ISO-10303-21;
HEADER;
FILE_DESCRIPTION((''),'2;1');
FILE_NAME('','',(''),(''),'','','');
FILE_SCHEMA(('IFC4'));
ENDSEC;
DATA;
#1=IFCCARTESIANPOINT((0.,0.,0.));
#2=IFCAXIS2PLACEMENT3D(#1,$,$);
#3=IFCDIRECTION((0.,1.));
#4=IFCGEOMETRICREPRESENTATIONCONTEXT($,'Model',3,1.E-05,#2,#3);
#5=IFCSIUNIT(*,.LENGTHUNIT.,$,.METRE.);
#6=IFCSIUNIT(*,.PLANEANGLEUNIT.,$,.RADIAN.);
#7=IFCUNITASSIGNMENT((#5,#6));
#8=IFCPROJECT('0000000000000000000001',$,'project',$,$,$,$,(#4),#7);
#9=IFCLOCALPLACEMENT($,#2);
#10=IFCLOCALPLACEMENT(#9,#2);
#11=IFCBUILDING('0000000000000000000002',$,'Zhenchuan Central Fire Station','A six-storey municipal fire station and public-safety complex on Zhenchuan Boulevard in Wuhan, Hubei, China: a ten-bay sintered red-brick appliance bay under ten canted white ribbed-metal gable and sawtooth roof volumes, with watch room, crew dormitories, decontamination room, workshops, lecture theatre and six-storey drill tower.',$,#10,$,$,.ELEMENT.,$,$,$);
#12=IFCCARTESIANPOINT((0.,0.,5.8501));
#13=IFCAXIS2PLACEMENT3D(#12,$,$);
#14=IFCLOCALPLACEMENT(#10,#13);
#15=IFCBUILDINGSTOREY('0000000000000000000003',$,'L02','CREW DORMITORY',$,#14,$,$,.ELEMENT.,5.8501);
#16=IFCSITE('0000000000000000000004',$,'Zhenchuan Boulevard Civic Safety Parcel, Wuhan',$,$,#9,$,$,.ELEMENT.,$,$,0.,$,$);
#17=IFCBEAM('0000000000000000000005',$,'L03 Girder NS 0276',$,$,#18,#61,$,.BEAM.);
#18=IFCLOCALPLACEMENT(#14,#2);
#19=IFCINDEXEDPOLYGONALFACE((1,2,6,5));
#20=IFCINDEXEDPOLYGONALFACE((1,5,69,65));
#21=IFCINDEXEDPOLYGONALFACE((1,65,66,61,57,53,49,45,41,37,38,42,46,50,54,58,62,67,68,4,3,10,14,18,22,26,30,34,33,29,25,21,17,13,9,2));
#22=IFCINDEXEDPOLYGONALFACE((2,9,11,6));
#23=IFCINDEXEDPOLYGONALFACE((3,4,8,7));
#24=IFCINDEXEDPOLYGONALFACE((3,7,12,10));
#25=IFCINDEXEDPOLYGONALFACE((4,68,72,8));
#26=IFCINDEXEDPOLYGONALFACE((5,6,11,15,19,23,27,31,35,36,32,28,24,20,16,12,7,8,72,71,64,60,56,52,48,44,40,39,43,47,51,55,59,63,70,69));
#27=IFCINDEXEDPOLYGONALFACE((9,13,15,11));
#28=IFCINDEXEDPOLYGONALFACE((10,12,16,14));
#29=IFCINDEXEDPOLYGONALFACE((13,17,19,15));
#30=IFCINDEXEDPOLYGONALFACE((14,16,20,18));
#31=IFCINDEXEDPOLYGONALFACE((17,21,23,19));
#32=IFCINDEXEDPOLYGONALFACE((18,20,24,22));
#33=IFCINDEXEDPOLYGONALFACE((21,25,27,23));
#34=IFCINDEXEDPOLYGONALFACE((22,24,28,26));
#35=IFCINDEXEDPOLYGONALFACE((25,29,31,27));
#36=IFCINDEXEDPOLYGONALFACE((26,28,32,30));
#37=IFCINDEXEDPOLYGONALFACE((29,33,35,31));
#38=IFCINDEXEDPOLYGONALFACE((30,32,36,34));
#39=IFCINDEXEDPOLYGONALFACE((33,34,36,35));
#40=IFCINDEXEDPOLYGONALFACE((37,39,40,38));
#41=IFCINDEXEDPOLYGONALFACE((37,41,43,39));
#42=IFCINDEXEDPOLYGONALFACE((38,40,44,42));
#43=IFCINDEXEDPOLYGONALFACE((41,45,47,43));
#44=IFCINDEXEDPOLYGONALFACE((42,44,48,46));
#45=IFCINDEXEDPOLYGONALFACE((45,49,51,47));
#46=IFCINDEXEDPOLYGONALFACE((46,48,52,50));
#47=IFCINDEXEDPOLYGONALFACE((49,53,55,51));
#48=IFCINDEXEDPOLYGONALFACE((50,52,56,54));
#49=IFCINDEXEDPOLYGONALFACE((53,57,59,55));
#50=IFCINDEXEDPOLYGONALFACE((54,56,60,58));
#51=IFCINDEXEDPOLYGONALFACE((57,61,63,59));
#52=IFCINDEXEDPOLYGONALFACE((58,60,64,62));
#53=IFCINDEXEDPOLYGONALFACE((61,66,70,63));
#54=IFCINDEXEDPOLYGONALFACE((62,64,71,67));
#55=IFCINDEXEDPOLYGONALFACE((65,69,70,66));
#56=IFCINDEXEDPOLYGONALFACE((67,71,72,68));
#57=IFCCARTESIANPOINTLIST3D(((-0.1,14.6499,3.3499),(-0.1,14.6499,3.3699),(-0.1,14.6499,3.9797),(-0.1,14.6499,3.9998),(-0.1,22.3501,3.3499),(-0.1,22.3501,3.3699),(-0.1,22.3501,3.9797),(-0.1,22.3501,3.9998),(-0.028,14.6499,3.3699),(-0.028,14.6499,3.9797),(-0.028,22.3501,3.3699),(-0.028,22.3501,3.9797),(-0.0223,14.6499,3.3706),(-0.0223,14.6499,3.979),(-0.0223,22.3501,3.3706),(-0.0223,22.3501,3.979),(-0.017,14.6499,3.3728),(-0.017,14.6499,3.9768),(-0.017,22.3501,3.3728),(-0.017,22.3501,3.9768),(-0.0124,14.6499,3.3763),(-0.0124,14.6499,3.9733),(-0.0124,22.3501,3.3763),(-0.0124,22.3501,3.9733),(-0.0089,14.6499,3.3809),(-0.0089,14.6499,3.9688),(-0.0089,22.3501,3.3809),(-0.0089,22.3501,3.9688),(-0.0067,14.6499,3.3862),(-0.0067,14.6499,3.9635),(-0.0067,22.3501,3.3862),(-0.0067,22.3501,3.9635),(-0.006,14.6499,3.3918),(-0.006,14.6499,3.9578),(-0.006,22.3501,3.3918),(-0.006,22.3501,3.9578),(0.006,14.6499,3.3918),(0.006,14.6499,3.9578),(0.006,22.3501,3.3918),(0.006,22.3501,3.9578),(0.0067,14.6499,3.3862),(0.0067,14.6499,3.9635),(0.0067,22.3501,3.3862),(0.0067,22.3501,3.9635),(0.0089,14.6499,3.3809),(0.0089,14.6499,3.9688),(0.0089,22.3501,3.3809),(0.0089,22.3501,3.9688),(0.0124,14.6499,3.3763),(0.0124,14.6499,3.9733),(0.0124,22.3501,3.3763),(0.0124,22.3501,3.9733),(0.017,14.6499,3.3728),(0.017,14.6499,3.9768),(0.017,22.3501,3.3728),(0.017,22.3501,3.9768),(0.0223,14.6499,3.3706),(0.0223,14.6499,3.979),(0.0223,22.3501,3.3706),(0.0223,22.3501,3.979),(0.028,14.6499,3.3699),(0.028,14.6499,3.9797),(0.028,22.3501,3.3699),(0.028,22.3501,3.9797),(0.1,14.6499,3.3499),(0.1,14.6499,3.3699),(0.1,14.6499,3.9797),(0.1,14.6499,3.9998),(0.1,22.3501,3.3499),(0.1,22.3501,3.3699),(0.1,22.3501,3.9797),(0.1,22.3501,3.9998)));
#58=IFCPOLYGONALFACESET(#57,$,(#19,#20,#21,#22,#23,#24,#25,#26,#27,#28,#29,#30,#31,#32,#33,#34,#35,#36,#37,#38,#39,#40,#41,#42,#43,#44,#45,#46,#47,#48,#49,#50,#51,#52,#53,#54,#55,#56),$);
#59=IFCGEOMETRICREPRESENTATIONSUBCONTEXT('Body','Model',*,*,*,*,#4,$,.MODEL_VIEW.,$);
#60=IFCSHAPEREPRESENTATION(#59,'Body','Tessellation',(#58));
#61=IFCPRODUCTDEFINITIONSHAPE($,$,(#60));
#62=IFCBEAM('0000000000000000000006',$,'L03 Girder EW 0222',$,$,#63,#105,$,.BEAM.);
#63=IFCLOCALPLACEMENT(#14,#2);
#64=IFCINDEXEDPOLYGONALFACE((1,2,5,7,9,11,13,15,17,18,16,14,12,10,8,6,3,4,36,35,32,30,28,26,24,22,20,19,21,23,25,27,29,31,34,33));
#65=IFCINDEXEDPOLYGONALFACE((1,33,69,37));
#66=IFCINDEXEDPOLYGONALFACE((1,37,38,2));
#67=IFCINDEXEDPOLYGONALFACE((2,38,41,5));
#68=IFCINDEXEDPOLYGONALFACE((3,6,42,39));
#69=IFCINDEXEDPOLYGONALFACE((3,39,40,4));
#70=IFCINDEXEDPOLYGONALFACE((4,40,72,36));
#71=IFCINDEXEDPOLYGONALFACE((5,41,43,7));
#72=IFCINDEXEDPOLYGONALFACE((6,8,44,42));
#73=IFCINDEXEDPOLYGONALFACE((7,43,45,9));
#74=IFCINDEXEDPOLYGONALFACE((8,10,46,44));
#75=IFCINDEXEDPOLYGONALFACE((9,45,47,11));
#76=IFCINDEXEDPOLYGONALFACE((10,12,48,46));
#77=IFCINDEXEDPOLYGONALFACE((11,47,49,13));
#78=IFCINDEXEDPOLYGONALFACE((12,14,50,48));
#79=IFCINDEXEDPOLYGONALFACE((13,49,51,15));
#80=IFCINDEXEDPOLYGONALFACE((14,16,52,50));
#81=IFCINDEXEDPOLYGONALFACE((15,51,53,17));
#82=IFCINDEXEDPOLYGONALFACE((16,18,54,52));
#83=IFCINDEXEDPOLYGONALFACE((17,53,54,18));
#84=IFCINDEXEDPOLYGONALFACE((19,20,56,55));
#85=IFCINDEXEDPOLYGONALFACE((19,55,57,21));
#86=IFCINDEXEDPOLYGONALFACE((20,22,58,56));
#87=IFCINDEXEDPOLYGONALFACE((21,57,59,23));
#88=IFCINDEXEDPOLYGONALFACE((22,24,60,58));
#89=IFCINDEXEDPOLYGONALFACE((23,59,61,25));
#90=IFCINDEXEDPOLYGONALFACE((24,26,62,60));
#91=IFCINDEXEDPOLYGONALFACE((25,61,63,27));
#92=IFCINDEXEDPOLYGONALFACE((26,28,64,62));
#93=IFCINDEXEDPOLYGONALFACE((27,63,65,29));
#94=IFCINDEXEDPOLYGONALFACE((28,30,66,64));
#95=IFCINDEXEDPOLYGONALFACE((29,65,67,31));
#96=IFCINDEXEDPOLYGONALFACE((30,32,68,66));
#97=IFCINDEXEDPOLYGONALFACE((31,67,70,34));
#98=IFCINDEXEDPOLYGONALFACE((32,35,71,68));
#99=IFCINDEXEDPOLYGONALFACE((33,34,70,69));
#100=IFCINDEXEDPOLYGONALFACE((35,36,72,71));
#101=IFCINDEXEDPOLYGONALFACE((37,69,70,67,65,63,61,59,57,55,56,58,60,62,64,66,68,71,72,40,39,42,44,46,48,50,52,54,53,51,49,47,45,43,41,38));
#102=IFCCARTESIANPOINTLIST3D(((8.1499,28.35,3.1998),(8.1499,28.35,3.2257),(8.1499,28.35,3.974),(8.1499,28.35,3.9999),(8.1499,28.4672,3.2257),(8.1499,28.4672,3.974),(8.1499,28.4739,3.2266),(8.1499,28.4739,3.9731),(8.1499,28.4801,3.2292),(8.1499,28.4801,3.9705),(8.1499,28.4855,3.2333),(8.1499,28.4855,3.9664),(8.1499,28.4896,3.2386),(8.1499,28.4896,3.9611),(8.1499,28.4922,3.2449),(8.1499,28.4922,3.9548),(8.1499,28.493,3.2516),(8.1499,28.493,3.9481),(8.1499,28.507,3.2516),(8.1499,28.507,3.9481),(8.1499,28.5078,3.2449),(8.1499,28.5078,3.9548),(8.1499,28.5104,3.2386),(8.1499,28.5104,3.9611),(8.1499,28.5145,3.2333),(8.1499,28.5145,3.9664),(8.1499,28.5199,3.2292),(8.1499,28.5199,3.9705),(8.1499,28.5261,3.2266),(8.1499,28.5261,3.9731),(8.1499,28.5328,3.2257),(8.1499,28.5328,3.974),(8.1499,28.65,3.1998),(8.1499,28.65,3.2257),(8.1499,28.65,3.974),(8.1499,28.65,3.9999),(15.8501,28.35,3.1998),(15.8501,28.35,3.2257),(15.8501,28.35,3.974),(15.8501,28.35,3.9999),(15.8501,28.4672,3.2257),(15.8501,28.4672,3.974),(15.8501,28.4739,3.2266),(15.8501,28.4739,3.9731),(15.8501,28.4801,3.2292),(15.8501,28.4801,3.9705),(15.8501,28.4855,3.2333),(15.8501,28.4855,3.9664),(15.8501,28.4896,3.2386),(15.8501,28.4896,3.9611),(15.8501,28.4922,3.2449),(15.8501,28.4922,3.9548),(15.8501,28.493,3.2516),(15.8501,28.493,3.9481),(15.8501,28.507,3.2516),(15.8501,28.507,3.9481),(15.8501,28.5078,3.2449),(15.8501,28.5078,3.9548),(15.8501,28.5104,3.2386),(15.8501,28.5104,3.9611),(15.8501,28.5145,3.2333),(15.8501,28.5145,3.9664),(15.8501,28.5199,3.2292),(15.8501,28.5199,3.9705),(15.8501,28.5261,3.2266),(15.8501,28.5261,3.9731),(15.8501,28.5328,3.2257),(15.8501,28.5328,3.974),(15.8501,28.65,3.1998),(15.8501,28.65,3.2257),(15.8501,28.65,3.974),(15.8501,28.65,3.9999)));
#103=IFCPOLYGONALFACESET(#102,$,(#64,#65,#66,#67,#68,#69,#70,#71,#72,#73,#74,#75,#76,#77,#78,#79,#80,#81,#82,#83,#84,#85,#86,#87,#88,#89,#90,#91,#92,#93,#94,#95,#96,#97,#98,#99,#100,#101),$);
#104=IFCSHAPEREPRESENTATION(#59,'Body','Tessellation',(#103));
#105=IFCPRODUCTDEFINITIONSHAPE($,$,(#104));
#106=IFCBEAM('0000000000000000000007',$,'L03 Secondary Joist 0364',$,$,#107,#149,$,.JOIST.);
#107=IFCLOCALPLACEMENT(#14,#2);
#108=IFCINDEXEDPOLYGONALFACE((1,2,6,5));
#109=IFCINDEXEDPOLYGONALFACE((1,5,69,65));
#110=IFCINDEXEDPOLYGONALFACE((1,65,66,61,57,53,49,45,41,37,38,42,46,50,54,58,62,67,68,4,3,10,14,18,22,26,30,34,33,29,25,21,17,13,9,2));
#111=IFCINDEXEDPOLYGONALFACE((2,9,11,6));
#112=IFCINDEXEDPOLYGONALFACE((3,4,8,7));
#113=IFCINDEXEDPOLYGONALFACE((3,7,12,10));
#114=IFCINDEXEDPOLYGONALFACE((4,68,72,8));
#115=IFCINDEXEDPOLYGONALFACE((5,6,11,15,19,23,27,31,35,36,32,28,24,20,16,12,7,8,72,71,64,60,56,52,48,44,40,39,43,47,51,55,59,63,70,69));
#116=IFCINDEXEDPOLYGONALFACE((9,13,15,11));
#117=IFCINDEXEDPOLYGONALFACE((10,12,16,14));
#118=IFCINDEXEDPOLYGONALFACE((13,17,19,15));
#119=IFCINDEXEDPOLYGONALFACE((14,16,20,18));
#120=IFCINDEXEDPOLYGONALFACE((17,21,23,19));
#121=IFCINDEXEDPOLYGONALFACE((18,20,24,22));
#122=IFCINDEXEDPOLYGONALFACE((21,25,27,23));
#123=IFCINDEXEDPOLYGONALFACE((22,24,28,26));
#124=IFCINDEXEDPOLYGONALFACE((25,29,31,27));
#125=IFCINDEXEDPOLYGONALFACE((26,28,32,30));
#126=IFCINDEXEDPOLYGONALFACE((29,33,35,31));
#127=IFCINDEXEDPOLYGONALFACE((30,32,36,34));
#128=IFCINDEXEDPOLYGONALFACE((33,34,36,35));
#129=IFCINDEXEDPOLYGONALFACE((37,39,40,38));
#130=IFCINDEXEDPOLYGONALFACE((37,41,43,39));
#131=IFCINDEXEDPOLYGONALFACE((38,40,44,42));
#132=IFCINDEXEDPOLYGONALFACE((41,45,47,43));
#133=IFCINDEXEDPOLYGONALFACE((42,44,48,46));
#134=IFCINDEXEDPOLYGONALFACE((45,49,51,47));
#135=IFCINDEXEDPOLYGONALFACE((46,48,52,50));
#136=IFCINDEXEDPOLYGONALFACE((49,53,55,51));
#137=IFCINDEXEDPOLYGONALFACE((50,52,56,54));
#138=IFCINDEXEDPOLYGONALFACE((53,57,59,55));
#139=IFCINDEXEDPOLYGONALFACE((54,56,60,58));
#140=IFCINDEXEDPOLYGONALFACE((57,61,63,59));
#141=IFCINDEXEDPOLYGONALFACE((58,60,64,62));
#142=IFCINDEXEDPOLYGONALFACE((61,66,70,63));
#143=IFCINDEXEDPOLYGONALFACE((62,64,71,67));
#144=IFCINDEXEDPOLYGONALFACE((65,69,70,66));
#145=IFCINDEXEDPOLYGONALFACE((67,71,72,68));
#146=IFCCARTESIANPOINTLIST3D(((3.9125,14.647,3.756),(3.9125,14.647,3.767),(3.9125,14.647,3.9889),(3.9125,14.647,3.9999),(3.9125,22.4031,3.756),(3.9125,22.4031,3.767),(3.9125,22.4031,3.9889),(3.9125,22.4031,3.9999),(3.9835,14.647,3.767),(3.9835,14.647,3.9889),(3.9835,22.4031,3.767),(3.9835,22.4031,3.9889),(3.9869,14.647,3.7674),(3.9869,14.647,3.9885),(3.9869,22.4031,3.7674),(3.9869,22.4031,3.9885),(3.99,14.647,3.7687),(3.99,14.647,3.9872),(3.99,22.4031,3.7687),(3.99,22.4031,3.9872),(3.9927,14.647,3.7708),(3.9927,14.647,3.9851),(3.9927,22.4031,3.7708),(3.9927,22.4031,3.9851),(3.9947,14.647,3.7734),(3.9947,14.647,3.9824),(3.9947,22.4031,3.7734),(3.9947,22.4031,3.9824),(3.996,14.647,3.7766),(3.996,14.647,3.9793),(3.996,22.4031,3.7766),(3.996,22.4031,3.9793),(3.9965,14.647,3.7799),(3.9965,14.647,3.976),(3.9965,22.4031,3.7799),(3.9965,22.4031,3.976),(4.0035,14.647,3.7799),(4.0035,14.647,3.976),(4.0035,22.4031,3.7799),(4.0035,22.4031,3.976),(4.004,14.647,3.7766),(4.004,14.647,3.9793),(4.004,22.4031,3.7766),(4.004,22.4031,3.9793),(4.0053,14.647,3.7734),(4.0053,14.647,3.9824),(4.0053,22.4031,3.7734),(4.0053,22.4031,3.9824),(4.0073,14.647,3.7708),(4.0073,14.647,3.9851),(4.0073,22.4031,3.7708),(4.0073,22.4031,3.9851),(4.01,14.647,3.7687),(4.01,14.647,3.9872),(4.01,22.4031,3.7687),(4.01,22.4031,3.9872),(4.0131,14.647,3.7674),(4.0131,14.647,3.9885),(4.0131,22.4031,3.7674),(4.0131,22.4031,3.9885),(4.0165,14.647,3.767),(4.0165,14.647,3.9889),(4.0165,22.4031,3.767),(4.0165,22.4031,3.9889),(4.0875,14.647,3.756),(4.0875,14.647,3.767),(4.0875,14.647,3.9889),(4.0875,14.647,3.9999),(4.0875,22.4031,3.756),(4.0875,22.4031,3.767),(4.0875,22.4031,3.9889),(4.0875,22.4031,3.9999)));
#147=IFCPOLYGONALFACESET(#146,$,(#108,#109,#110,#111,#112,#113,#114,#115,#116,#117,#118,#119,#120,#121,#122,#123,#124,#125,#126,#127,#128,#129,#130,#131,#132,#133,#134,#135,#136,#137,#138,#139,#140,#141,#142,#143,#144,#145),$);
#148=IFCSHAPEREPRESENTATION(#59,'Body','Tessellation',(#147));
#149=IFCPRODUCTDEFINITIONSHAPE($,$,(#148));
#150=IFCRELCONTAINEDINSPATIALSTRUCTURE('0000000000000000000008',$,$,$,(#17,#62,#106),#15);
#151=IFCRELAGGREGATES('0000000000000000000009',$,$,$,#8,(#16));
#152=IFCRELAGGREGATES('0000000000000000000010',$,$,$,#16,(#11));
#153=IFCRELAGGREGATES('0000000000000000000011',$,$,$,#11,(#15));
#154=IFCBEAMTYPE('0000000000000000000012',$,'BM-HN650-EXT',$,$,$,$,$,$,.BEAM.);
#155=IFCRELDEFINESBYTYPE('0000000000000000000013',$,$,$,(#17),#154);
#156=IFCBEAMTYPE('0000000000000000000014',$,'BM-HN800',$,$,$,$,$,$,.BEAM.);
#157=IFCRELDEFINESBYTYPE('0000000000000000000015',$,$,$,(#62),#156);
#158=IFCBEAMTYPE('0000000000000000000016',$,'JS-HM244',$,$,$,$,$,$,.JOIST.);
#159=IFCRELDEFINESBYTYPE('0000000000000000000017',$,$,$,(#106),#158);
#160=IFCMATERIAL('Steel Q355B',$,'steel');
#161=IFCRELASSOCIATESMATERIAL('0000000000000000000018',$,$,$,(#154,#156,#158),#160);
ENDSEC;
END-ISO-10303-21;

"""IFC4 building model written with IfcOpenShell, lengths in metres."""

from ifc_helpers import new_model, si_unit, direction, frame, origin, origin_2d, place, context, subcontext, project, spatial, i_section, extrude, material, material_profile, profile_set, type_object, element, save


model = new_model("IFC4")

# Units and contexts
model_context = context("Model", 3, precision=1e-05, world=origin(), true_north=direction((0.0, 1.0)))
body_context = subcontext(model_context, "Body", "Model", "MODEL_VIEW")
ifc_project = project(units=[si_unit("LENGTHUNIT", "METRE"), si_unit("PLANEANGLEUNIT", "RADIAN")], contexts=[model_context])

# Site, building, storey
site_placement = place(None, origin())
site = spatial("IfcSite", under=ifc_project, at=site_placement, Name="Zhenchuan Boulevard Civic Safety Parcel, Wuhan", CompositionType="ELEMENT", RefElevation=0.0)
building_placement = place(site_placement, origin())
building = spatial("IfcBuilding", under=site, at=building_placement, Name="Zhenchuan Central Fire Station", Description="A six-storey municipal fire station and public-safety complex on Zhenchuan Boulevard in Wuhan, Hubei, China: a ten-bay sintered red-brick appliance bay under ten canted white ribbed-metal gable and sawtooth roof volumes, with watch room, crew dormitories, decontamination room, workshops, lecture theatre and six-storey drill tower.", CompositionType="ELEMENT")
storey_placement = place(building_placement, frame((0.0, 0.0, 5.8501)))
storey = spatial("IfcBuildingStorey", under=building, at=storey_placement, Name="L02", Description="CREW DORMITORY", CompositionType="ELEMENT", Elevation=5.8501)

# Shared definitions
ifc_material_1 = material(Name="Steel Q355B", Category="steel")

# Beams
ifc_material_profile_1 = material_profile(ifc_material_1, i_section(OverallWidth=0.2, OverallDepth=0.6499, WebThickness=0.012, FlangeThickness=0.02, FilletRadius=0.022, at=origin_2d()), Name="HN 650x200")
ifc_profile_set_1 = profile_set([ifc_material_profile_1], Name="Steel Q355B")
beam_type_1 = type_object("IfcBeamType", Name="BM-HN650-EXT", PredefinedType="BEAM", material=ifc_profile_set_1)
beam_1_placement = place(storey_placement, frame((0.0, 14.6499, 3.6748), z_axis=(0.0, 1.0, 0.0), x_axis=(-1.0, 0.0, 0.0)))
element("IfcBeam", 1, at=beam_1_placement, inside=storey, type_object=beam_type_1, Name="L03 Girder NS 0276", PredefinedType="BEAM", context=body_context, shape_type="SweptSolid", body=[
    extrude(i_section(OverallWidth=0.2, OverallDepth=0.6499, WebThickness=0.012, FlangeThickness=0.02, FilletRadius=0.022, at=origin_2d()), origin(), (0.0, 0.0, 1.0), 7.7002),
])
ifc_material_profile_2 = material_profile(ifc_material_1, i_section(OverallWidth=0.3, OverallDepth=0.8, WebThickness=0.0139, FlangeThickness=0.0259, FilletRadius=0.0259, at=origin_2d()), Name="HN 800x300")
ifc_profile_set_2 = profile_set([ifc_material_profile_2], Name="Steel Q355B")
beam_type_2 = type_object("IfcBeamType", Name="BM-HN800", PredefinedType="BEAM", material=ifc_profile_set_2)
beam_2_placement = place(storey_placement, frame((8.1499, 28.5, 3.5999), z_axis=(1.0, 0.0, 0.0), x_axis=(0.0, 1.0, 0.0)))
element("IfcBeam", 2, at=beam_2_placement, inside=storey, type_object=beam_type_2, Name="L03 Girder EW 0222", PredefinedType="BEAM", context=body_context, shape_type="SweptSolid", body=[
    extrude(i_section(OverallWidth=0.3, OverallDepth=0.8, WebThickness=0.0139, FlangeThickness=0.0259, FilletRadius=0.0259, at=origin_2d()), origin(), (0.0, 0.0, 1.0), 7.7002),
])
ifc_material_profile_3 = material_profile(ifc_material_1, i_section(OverallWidth=0.175, OverallDepth=0.2439, WebThickness=0.0071, FlangeThickness=0.011, FilletRadius=0.0129, at=origin_2d()), Name="HM 244x175")
ifc_profile_set_3 = profile_set([ifc_material_profile_3], Name="Steel Q355B")
beam_type_3 = type_object("IfcBeamType", Name="JS-HM244", PredefinedType="JOIST", material=ifc_profile_set_3)
beam_3_placement = place(storey_placement, frame((4.0, 14.647, 3.8779), z_axis=(0.0, 1.0, 0.0), x_axis=(-1.0, 0.0, 0.0)))
element("IfcBeam", 3, at=beam_3_placement, inside=storey, type_object=beam_type_3, Name="L03 Secondary Joist 0364", PredefinedType="JOIST", context=body_context, shape_type="SweptSolid", body=[
    extrude(i_section(OverallWidth=0.175, OverallDepth=0.2439, WebThickness=0.0071, FlangeThickness=0.011, FilletRadius=0.0129, at=origin_2d()), origin(), (0.0, 0.0, 1.0), 7.7561),
])

save(model, "model.ifc")
